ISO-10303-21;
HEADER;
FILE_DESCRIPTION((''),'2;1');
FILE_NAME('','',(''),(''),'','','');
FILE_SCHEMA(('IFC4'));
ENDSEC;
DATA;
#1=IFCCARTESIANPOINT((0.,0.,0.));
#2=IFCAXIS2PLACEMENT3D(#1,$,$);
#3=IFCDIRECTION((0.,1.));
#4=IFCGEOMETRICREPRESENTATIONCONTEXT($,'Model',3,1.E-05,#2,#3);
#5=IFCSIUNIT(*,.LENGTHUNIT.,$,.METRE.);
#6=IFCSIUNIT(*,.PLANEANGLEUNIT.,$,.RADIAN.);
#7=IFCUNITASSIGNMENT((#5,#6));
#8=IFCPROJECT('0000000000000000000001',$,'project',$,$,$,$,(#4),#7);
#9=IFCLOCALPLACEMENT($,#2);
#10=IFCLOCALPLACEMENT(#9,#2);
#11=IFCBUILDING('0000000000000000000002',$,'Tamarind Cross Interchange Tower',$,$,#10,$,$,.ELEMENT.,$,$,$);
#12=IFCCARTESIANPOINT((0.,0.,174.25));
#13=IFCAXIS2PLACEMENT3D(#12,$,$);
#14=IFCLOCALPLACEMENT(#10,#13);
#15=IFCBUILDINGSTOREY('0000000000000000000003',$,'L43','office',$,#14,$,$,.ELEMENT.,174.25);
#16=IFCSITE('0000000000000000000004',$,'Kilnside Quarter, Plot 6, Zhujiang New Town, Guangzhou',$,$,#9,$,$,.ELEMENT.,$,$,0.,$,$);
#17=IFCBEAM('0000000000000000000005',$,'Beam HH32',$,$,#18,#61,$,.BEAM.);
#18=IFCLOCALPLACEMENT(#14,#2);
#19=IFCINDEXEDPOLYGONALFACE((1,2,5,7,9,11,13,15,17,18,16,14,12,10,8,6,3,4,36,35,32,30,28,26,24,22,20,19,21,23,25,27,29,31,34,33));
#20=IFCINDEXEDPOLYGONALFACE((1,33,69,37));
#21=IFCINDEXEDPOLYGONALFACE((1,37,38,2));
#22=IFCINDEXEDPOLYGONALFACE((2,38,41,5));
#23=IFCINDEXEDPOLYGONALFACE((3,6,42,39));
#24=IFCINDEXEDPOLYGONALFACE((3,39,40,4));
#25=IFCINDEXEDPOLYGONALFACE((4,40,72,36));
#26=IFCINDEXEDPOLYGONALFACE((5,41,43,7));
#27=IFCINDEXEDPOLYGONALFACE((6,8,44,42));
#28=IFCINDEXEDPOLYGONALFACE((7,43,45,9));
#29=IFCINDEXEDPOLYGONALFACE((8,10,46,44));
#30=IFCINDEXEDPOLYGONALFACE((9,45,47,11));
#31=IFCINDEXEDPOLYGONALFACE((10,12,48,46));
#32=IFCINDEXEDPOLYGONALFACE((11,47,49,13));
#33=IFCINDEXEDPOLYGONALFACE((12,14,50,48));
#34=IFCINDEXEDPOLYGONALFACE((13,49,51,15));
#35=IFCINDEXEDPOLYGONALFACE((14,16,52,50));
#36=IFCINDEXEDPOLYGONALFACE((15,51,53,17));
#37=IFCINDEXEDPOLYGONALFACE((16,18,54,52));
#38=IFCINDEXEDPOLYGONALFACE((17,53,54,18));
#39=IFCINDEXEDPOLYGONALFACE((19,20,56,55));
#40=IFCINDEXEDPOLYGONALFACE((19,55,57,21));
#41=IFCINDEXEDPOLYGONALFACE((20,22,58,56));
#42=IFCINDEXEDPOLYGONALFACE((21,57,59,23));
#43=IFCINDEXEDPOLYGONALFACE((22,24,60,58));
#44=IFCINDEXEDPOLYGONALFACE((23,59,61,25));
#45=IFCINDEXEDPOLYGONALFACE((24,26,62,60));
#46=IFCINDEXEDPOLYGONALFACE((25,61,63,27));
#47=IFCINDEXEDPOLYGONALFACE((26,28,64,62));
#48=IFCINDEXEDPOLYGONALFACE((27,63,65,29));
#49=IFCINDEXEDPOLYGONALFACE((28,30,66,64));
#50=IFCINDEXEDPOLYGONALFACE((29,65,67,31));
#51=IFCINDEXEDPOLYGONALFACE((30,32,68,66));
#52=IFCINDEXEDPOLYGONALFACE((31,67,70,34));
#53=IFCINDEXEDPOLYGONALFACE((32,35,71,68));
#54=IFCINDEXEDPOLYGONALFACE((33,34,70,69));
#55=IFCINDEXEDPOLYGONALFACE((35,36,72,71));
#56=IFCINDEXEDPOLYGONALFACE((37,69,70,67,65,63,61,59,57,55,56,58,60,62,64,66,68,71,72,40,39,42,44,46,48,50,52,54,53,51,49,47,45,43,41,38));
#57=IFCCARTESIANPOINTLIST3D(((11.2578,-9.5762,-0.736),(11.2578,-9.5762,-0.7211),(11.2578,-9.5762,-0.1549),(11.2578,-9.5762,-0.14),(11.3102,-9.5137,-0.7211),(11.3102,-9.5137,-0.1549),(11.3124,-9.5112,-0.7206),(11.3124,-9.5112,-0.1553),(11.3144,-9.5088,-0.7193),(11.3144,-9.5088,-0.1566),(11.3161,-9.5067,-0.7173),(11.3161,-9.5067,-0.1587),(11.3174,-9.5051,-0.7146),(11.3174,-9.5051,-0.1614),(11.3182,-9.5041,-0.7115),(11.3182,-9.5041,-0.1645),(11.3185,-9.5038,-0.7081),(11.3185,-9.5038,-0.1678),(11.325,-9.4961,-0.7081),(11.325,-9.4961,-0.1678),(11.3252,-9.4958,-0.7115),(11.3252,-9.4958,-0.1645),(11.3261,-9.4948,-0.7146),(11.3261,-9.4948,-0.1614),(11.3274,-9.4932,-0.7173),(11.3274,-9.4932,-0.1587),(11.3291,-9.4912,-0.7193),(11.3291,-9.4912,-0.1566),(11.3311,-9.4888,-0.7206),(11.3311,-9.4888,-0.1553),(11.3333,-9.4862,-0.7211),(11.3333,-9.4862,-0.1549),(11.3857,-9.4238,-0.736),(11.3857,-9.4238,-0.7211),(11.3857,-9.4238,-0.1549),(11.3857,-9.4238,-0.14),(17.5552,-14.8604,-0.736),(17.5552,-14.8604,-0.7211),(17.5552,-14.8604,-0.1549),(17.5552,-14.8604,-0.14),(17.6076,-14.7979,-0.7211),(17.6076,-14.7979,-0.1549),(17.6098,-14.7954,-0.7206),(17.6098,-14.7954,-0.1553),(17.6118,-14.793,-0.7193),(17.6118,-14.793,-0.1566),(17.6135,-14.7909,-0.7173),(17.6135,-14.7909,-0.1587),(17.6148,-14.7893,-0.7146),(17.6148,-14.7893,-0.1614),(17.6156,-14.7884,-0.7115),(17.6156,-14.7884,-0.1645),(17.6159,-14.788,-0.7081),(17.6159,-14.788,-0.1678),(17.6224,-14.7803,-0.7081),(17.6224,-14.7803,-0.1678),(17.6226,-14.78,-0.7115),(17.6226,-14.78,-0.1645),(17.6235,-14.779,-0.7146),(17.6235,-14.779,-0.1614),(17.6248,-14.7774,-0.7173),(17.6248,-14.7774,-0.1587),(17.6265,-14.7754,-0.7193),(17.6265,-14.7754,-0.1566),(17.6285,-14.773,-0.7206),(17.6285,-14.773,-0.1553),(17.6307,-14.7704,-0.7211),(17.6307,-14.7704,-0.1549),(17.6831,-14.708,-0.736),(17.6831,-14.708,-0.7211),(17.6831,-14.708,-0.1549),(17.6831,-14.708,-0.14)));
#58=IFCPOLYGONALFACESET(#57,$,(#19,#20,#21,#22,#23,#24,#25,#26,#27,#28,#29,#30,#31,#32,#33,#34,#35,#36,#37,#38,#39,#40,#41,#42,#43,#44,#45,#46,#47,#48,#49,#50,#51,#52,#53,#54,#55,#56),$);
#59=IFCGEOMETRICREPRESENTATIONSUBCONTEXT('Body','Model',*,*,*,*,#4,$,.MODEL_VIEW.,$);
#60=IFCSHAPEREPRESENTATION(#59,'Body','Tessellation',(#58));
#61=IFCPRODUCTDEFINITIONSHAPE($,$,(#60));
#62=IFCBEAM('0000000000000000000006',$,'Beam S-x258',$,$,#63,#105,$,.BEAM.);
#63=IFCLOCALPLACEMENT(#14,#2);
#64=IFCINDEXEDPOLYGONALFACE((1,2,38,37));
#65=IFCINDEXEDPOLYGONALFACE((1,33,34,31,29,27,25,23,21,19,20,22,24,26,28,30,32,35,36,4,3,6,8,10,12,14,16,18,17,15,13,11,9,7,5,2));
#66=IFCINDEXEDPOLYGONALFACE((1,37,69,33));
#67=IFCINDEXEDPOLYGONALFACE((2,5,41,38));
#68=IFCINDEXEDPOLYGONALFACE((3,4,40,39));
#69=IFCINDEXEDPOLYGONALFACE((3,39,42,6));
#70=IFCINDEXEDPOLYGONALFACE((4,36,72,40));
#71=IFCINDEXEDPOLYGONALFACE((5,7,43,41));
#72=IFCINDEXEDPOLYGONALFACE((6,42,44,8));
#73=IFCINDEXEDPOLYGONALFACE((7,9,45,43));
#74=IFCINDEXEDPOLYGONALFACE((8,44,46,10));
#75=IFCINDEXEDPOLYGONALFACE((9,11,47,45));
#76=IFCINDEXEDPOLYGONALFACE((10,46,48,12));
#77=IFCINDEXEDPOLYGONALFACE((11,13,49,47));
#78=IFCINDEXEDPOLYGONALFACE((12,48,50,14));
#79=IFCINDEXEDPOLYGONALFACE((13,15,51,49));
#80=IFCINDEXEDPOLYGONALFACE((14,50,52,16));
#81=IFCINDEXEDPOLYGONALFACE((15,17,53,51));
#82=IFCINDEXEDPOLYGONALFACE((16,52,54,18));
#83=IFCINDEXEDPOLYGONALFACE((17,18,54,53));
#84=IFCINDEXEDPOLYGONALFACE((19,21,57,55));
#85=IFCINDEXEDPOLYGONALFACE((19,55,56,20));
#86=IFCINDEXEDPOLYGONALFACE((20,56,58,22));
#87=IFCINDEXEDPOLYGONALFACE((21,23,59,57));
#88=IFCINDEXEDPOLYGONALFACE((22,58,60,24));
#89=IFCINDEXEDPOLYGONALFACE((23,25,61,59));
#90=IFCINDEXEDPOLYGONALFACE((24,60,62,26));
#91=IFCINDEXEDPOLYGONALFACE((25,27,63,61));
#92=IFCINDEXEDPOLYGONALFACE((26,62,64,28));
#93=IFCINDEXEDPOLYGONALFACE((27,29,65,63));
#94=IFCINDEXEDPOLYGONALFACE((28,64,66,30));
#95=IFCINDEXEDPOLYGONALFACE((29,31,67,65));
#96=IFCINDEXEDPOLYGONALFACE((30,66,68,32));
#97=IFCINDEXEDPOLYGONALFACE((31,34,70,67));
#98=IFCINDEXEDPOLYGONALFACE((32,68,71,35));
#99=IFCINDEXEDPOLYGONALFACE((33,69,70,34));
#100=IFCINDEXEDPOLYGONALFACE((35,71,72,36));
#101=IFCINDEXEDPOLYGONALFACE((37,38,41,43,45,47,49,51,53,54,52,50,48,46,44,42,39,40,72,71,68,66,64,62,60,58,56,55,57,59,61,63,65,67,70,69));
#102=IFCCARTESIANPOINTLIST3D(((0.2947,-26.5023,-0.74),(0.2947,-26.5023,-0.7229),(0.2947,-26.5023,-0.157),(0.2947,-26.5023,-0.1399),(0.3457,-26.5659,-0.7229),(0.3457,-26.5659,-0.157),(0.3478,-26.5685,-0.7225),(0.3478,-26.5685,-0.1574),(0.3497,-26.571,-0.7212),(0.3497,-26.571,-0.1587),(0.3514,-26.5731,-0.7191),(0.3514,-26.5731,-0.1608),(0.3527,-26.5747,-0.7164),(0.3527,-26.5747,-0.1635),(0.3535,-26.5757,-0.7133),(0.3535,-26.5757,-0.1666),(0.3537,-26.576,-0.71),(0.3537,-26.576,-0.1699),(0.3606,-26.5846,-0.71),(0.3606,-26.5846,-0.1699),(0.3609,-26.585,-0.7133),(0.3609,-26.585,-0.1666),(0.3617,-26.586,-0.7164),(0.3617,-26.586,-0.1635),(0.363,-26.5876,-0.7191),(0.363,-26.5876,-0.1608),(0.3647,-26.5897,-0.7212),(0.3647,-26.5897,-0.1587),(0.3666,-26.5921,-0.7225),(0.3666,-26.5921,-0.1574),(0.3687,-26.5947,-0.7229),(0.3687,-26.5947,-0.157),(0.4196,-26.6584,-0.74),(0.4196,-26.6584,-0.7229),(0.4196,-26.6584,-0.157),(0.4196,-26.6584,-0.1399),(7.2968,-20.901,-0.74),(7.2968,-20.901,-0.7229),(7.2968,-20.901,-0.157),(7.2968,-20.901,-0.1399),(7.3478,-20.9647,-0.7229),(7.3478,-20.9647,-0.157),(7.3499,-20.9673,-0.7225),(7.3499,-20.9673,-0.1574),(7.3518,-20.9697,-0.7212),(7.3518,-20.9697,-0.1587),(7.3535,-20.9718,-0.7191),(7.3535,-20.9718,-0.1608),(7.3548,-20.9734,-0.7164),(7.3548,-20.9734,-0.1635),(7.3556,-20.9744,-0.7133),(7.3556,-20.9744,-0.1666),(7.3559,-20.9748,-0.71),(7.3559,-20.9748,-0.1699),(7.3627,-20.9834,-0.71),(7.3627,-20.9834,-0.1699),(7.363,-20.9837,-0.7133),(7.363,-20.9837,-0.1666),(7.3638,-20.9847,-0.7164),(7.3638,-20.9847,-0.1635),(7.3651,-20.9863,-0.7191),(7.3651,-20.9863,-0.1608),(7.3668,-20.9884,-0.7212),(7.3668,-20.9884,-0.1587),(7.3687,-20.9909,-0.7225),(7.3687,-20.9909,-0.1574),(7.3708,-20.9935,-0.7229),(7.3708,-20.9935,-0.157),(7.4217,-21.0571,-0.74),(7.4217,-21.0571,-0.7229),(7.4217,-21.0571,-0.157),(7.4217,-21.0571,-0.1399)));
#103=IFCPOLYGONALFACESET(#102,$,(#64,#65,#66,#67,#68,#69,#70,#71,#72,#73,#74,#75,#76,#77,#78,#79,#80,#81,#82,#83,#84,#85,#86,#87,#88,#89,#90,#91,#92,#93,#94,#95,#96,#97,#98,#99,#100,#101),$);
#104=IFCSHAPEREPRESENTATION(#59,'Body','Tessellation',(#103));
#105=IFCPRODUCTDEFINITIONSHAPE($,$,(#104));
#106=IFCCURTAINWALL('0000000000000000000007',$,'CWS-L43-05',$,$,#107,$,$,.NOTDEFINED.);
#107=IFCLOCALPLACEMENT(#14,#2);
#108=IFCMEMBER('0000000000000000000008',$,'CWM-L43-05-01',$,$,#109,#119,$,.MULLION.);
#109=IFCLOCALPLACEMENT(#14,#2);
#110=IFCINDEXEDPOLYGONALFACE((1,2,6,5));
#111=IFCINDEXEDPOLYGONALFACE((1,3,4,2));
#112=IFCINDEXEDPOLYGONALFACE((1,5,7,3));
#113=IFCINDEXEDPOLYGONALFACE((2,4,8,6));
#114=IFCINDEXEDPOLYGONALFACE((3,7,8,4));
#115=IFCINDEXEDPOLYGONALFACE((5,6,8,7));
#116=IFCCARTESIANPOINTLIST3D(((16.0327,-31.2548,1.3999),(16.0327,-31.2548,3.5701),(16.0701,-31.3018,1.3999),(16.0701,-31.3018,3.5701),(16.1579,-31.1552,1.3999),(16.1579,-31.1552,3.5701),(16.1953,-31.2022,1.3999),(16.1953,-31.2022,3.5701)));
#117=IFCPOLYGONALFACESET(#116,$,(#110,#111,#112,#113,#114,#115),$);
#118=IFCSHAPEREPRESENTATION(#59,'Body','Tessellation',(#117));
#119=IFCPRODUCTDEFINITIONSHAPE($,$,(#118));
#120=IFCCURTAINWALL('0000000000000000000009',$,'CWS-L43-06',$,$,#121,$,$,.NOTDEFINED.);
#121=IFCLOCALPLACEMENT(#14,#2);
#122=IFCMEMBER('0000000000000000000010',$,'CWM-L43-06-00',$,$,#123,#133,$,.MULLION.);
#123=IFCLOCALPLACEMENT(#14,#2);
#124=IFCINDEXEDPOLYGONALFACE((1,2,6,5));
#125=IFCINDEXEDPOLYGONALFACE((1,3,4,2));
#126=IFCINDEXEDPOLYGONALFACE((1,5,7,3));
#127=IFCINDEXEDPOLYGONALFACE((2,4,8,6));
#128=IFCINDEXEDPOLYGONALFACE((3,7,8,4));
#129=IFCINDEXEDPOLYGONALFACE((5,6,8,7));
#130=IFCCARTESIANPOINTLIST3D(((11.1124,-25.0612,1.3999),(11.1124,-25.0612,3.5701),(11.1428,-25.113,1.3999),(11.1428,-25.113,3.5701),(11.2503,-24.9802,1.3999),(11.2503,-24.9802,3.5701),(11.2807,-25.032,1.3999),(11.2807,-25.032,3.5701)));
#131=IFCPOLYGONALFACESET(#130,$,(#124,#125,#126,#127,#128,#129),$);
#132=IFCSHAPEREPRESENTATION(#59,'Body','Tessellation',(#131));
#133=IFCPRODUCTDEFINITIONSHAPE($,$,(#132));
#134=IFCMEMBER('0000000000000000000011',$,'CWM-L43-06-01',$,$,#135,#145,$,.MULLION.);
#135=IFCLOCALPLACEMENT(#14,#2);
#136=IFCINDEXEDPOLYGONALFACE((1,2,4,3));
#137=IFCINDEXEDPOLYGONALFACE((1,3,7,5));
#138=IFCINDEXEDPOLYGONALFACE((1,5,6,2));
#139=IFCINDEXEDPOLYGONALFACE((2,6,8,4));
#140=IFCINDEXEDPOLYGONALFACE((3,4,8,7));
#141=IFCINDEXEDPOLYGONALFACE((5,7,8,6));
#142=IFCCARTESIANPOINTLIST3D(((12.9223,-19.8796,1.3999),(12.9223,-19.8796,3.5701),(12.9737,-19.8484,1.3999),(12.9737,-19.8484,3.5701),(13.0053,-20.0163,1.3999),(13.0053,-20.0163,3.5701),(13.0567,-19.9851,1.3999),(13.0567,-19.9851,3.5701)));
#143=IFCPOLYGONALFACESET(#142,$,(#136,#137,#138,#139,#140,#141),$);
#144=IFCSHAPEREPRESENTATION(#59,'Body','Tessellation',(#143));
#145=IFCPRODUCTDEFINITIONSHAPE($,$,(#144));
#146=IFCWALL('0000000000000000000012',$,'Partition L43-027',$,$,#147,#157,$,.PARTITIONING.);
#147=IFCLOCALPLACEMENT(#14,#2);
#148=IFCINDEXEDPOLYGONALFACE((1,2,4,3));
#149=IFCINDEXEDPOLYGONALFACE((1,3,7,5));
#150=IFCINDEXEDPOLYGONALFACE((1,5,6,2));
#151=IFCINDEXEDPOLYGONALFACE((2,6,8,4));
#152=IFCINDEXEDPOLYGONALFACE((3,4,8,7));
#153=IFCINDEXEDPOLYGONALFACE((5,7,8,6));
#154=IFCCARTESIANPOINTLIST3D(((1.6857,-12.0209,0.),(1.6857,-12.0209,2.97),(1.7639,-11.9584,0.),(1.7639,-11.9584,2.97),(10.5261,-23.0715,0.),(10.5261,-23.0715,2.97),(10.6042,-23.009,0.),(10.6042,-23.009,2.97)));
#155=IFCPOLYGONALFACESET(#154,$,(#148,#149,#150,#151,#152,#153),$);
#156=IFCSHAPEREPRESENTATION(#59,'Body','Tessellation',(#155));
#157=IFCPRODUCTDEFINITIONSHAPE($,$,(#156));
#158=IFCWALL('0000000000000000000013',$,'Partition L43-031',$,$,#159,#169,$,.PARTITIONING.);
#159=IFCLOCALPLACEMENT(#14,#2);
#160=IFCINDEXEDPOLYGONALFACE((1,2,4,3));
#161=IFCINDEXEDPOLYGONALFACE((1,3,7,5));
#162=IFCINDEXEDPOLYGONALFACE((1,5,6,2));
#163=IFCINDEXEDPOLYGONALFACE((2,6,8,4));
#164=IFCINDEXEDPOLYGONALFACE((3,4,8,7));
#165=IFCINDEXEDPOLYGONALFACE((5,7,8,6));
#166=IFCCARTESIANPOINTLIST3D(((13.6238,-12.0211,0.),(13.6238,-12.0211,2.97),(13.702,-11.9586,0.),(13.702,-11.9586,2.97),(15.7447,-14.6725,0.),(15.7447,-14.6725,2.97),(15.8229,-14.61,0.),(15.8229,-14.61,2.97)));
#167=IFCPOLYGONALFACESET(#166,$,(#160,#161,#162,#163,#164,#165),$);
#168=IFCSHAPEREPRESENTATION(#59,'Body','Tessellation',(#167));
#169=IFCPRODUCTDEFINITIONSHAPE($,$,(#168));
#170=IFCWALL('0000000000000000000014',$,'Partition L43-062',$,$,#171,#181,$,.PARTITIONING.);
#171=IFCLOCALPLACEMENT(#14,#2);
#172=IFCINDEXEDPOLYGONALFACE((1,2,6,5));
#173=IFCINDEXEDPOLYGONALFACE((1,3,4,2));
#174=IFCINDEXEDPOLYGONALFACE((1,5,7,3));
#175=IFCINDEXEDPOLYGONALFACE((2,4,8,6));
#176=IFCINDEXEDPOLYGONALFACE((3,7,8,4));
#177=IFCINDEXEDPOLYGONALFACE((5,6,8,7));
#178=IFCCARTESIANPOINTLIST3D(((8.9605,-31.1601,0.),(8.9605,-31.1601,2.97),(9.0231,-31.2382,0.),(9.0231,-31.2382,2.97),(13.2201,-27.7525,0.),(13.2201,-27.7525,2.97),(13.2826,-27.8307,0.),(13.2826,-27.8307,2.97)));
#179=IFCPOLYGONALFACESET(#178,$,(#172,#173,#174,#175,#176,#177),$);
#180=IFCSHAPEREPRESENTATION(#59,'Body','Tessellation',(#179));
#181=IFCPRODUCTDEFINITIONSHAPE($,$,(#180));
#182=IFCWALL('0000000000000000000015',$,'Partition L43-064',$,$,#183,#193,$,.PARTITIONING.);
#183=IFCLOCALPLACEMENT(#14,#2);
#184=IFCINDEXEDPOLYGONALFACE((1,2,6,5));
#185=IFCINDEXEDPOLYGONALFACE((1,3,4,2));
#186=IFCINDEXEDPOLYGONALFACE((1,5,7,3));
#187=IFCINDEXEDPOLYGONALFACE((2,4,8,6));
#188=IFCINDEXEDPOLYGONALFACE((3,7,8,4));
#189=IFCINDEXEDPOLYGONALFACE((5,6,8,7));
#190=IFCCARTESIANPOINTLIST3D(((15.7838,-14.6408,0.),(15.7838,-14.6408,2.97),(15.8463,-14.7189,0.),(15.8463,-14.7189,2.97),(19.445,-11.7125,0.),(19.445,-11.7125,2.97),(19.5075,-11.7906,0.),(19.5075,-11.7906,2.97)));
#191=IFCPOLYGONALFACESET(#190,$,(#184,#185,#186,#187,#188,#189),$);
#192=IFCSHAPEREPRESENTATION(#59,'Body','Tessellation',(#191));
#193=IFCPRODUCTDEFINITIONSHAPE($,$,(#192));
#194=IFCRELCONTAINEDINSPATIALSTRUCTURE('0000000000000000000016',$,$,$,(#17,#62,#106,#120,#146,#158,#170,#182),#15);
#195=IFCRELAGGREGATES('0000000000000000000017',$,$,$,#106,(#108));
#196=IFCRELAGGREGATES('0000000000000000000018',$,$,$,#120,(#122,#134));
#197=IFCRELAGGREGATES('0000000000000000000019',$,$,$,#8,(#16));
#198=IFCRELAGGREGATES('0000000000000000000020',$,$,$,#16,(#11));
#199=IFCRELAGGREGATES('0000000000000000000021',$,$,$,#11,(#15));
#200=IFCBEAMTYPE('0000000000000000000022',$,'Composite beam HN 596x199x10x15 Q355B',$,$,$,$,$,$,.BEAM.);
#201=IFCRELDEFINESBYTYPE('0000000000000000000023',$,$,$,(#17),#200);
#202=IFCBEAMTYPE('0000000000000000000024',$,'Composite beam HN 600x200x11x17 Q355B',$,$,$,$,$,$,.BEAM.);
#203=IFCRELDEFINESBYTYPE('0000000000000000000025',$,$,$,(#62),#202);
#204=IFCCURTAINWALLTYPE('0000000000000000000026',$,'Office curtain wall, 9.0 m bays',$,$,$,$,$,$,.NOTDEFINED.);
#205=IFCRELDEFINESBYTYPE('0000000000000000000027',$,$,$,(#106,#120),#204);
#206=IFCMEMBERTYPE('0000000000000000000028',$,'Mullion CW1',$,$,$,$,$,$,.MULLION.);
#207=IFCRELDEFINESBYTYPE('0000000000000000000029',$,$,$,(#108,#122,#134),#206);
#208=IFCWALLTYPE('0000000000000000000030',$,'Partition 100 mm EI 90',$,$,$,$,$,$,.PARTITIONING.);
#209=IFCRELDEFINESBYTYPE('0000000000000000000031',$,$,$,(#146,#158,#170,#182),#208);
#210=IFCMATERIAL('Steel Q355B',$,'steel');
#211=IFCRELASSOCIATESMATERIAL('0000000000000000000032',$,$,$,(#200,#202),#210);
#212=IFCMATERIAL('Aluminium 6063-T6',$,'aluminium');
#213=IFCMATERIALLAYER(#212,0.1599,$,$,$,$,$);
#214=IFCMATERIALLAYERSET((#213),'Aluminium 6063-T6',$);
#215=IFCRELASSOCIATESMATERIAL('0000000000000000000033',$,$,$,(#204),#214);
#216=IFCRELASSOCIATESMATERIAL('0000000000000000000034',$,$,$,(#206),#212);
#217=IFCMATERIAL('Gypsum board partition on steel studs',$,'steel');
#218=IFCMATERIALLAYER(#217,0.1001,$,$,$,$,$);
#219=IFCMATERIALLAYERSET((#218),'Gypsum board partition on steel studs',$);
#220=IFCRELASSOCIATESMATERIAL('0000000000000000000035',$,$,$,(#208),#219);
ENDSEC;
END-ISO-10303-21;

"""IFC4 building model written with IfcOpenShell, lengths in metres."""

from ifc_helpers import new_model, si_unit, direction, frame, frame_2d, origin, origin_2d, place, context, subcontext, project, spatial, rectangle, i_section, extrude, material, layer, layer_set, material_profile, profile_set, type_object, element, aggregate, save


model = new_model("IFC4")

# Units and contexts
model_context = context("Model", 3, precision=1e-05, world=origin(), true_north=direction((0.0, 1.0)))
body_context = subcontext(model_context, "Body", "Model", "MODEL_VIEW")
ifc_project = project(units=[si_unit("LENGTHUNIT", "METRE"), si_unit("PLANEANGLEUNIT", "RADIAN")], contexts=[model_context])

# Site, building, storey
site_placement = place(None, origin())
site = spatial("IfcSite", under=ifc_project, at=site_placement, Name="Kilnside Quarter, Plot 6, Zhujiang New Town, Guangzhou", CompositionType="ELEMENT", RefElevation=0.0)
building_placement = place(site_placement, origin())
building = spatial("IfcBuilding", under=site, at=building_placement, Name="Tamarind Cross Interchange Tower", CompositionType="ELEMENT")
storey_placement = place(building_placement, frame((0.0, 0.0, 174.25)))
storey = spatial("IfcBuildingStorey", under=building, at=storey_placement, Name="L43", Description="office", CompositionType="ELEMENT", Elevation=174.25)

# Beams
ifc_material_1 = material(Name="Steel Q355B", Category="steel")
ifc_material_profile_1 = material_profile(ifc_material_1, i_section(OverallWidth=0.199, OverallDepth=0.5959, WebThickness=0.01, FlangeThickness=0.0149, FilletRadius=0.0129, at=origin_2d()), Name="HN 596x199x10x15")
ifc_profile_set_1 = profile_set([ifc_material_profile_1], Name="Steel Q355B")
beam_type_1 = type_object("IfcBeamType", Name="Composite beam HN 596x199x10x15 Q355B", PredefinedType="BEAM", material=ifc_profile_set_1)
beam_1_placement = place(storey_placement, frame((17.6191, -14.7842, -0.438), z_axis=(-0.766041, 0.642792, 0.0), x_axis=(-0.642792, -0.766041, 0.0)))
element("IfcBeam", 1, at=beam_1_placement, inside=storey, type_object=beam_type_1, Name="Beam HH32", PredefinedType="BEAM", context=body_context, shape_type="SweptSolid", body=[
    extrude(i_section(OverallWidth=0.199, OverallDepth=0.5959, WebThickness=0.01, FlangeThickness=0.0149, FilletRadius=0.0129, at=origin_2d()), origin(), (0.0, 0.0, 1.0), 8.2207),
])
ifc_material_profile_2 = material_profile(ifc_material_1, i_section(OverallWidth=0.2, OverallDepth=0.6001, WebThickness=0.011, FlangeThickness=0.0171, FilletRadius=0.0129, at=origin_2d()), Name="HN 600x200x11x17")
ifc_profile_set_2 = profile_set([ifc_material_profile_2], Name="Steel Q355B")
beam_type_2 = type_object("IfcBeamType", Name="Composite beam HN 600x200x11x17 Q355B", PredefinedType="BEAM", material=ifc_profile_set_2)
beam_2_placement = place(storey_placement, frame((0.3572, -26.5803, -0.4399), z_axis=(0.780893, 0.624665, 0.0), x_axis=(-0.624665, 0.780893, 0.0)))
element("IfcBeam", 2, at=beam_2_placement, inside=storey, type_object=beam_type_2, Name="Beam S-x258", PredefinedType="BEAM", context=body_context, shape_type="SweptSolid", body=[
    extrude(i_section(OverallWidth=0.2, OverallDepth=0.6001, WebThickness=0.011, FlangeThickness=0.0171, FilletRadius=0.0129, at=origin_2d()), origin(), (0.0, 0.0, 1.0), 8.9668),
])

# Curtain wall, member
ifc_material_2 = material(Name="Aluminium 6063-T6", Category="aluminium")
ifc_layer_1 = layer(ifc_material_2, 0.1599)
ifc_layer_set_1 = layer_set([ifc_layer_1], Name="Aluminium 6063-T6")
curtain_wall_type = type_object("IfcCurtainWallType", Name="Office curtain wall, 9.0 m bays", PredefinedType="NOTDEFINED", material=ifc_layer_set_1)
curtain_wall_1_placement = place(storey_placement, origin())
curtain_wall_1 = element("IfcCurtainWall", 3, at=curtain_wall_1_placement, inside=storey, type_object=curtain_wall_type, Name="CWS-L43-05", PredefinedType="NOTDEFINED")
ifc_material_profile_3 = material_profile(ifc_material_2, rectangle(XDim=0.0601, YDim=0.1599, at=origin_2d()), Name="Mullion CW1")
ifc_profile_set_3 = profile_set([ifc_material_profile_3], Name="Aluminium 6063-T6")
member_type = type_object("IfcMemberType", Name="Mullion CW1", PredefinedType="MULLION", material=ifc_profile_set_3)
member_1_placement = place(storey_placement, frame((16.114, -31.2285, 1.3999), z_axis=(0.0, 0.0, 1.0), x_axis=(-0.622525, 0.7826, 0.0)))
member_1 = element("IfcMember", 4, at=member_1_placement, type_object=member_type, Name="CWM-L43-05-01", PredefinedType="MULLION", context=body_context, shape_type="SweptSolid", body=[
    extrude(rectangle(XDim=0.0601, YDim=0.1599, at=origin_2d()), origin(), (0.0, 0.0, 1.0), 2.1702),
])
aggregate(curtain_wall_1, [member_1])

# Curtain wall, members
curtain_wall_2_placement = place(storey_placement, origin())
curtain_wall_2 = element("IfcCurtainWall", 5, at=curtain_wall_2_placement, inside=storey, type_object=curtain_wall_type, Name="CWS-L43-06", PredefinedType="NOTDEFINED")
member_2_placement = place(storey_placement, frame((11.1965, -25.0466, 1.3999), z_axis=(0.0, 0.0, 1.0), x_axis=(-0.506388, 0.862306, 0.0)))
member_2 = element("IfcMember", 6, at=member_2_placement, type_object=member_type, Name="CWM-L43-06-00", PredefinedType="MULLION", context=body_context, shape_type="SweptSolid", body=[
    extrude(rectangle(XDim=0.0601, YDim=0.1599, at=origin_2d()), origin(), (0.0, 0.0, 1.0), 2.1702),
])
member_3_placement = place(storey_placement, frame((12.9895, -19.9324, 1.3999), z_axis=(0.0, 0.0, 1.0), x_axis=(0.854663, 0.519184, 0.0)))
member_3 = element("IfcMember", 7, at=member_3_placement, type_object=member_type, Name="CWM-L43-06-01", PredefinedType="MULLION", context=body_context, shape_type="SweptSolid", body=[
    extrude(rectangle(XDim=0.0601, YDim=0.1599, at=origin_2d()), origin(), (0.0, 0.0, 1.0), 2.1702),
])
aggregate(curtain_wall_2, [member_2, member_3])

# Walls
ifc_material_3 = material(Name="Gypsum board partition on steel studs", Category="steel")
ifc_layer_2 = layer(ifc_material_3, 0.1001)
ifc_layer_set_2 = layer_set([ifc_layer_2], Name="Gypsum board partition on steel studs")
wall_type_1 = type_object("IfcWallType", Name="Partition 100 mm EI 90", PredefinedType="PARTITIONING", material=ifc_layer_set_2)
wall_1_placement = place(storey_placement, frame((1.7249, -11.9897, 0.0), z_axis=(0.0, 0.0, 1.0), x_axis=(0.624691, -0.780872, 0.0)))
element("IfcWall", 8, at=wall_1_placement, inside=storey, type_object=wall_type_1, Name="Partition L43-027", PredefinedType="PARTITIONING", context=body_context, shape_type="SweptSolid", body=[
    extrude(rectangle(XDim=14.1516, YDim=0.1001, at=frame_2d((7.0757, 0.0))), origin(), (0.0, 0.0, 1.0), 2.97),
])
wall_2_placement = place(storey_placement, frame((13.6628, -11.9897, 0.0), z_axis=(0.0, 0.0, 1.0), x_axis=(0.624651, -0.780904, 0.0)))
element("IfcWall", 9, at=wall_2_placement, inside=storey, type_object=wall_type_1, Name="Partition L43-031", PredefinedType="PARTITIONING", context=body_context, shape_type="SweptSolid", body=[
    extrude(rectangle(XDim=3.3953, YDim=0.1001, at=frame_2d((1.6978, 0.0))), origin(), (0.0, 0.0, 1.0), 2.97),
])
wall_3_placement = place(storey_placement, frame((8.9917, -31.1992, 0.0), z_axis=(0.0, 0.0, 1.0), x_axis=(0.780882, 0.624679, 0.0)))
element("IfcWall", 10, at=wall_3_placement, inside=storey, type_object=wall_type_1, Name="Partition L43-062", PredefinedType="PARTITIONING", context=body_context, shape_type="SweptSolid", body=[
    extrude(rectangle(XDim=5.4548, YDim=0.1001, at=frame_2d((2.7275, 0.0))), origin(), (0.0, 0.0, 1.0), 2.97),
])
wall_4_placement = place(storey_placement, frame((15.8149, -14.6799, 0.0), z_axis=(0.0, 0.0, 1.0), x_axis=(0.78094, 0.624606, 0.0)))
element("IfcWall", 11, at=wall_4_placement, inside=storey, type_object=wall_type_1, Name="Partition L43-064", PredefinedType="PARTITIONING", context=body_context, shape_type="SweptSolid", body=[
    extrude(rectangle(XDim=4.6882, YDim=0.1001, at=frame_2d((2.3442, 0.0))), origin(), (0.0, 0.0, 1.0), 2.97),
])

save(model, "model.ifc")
